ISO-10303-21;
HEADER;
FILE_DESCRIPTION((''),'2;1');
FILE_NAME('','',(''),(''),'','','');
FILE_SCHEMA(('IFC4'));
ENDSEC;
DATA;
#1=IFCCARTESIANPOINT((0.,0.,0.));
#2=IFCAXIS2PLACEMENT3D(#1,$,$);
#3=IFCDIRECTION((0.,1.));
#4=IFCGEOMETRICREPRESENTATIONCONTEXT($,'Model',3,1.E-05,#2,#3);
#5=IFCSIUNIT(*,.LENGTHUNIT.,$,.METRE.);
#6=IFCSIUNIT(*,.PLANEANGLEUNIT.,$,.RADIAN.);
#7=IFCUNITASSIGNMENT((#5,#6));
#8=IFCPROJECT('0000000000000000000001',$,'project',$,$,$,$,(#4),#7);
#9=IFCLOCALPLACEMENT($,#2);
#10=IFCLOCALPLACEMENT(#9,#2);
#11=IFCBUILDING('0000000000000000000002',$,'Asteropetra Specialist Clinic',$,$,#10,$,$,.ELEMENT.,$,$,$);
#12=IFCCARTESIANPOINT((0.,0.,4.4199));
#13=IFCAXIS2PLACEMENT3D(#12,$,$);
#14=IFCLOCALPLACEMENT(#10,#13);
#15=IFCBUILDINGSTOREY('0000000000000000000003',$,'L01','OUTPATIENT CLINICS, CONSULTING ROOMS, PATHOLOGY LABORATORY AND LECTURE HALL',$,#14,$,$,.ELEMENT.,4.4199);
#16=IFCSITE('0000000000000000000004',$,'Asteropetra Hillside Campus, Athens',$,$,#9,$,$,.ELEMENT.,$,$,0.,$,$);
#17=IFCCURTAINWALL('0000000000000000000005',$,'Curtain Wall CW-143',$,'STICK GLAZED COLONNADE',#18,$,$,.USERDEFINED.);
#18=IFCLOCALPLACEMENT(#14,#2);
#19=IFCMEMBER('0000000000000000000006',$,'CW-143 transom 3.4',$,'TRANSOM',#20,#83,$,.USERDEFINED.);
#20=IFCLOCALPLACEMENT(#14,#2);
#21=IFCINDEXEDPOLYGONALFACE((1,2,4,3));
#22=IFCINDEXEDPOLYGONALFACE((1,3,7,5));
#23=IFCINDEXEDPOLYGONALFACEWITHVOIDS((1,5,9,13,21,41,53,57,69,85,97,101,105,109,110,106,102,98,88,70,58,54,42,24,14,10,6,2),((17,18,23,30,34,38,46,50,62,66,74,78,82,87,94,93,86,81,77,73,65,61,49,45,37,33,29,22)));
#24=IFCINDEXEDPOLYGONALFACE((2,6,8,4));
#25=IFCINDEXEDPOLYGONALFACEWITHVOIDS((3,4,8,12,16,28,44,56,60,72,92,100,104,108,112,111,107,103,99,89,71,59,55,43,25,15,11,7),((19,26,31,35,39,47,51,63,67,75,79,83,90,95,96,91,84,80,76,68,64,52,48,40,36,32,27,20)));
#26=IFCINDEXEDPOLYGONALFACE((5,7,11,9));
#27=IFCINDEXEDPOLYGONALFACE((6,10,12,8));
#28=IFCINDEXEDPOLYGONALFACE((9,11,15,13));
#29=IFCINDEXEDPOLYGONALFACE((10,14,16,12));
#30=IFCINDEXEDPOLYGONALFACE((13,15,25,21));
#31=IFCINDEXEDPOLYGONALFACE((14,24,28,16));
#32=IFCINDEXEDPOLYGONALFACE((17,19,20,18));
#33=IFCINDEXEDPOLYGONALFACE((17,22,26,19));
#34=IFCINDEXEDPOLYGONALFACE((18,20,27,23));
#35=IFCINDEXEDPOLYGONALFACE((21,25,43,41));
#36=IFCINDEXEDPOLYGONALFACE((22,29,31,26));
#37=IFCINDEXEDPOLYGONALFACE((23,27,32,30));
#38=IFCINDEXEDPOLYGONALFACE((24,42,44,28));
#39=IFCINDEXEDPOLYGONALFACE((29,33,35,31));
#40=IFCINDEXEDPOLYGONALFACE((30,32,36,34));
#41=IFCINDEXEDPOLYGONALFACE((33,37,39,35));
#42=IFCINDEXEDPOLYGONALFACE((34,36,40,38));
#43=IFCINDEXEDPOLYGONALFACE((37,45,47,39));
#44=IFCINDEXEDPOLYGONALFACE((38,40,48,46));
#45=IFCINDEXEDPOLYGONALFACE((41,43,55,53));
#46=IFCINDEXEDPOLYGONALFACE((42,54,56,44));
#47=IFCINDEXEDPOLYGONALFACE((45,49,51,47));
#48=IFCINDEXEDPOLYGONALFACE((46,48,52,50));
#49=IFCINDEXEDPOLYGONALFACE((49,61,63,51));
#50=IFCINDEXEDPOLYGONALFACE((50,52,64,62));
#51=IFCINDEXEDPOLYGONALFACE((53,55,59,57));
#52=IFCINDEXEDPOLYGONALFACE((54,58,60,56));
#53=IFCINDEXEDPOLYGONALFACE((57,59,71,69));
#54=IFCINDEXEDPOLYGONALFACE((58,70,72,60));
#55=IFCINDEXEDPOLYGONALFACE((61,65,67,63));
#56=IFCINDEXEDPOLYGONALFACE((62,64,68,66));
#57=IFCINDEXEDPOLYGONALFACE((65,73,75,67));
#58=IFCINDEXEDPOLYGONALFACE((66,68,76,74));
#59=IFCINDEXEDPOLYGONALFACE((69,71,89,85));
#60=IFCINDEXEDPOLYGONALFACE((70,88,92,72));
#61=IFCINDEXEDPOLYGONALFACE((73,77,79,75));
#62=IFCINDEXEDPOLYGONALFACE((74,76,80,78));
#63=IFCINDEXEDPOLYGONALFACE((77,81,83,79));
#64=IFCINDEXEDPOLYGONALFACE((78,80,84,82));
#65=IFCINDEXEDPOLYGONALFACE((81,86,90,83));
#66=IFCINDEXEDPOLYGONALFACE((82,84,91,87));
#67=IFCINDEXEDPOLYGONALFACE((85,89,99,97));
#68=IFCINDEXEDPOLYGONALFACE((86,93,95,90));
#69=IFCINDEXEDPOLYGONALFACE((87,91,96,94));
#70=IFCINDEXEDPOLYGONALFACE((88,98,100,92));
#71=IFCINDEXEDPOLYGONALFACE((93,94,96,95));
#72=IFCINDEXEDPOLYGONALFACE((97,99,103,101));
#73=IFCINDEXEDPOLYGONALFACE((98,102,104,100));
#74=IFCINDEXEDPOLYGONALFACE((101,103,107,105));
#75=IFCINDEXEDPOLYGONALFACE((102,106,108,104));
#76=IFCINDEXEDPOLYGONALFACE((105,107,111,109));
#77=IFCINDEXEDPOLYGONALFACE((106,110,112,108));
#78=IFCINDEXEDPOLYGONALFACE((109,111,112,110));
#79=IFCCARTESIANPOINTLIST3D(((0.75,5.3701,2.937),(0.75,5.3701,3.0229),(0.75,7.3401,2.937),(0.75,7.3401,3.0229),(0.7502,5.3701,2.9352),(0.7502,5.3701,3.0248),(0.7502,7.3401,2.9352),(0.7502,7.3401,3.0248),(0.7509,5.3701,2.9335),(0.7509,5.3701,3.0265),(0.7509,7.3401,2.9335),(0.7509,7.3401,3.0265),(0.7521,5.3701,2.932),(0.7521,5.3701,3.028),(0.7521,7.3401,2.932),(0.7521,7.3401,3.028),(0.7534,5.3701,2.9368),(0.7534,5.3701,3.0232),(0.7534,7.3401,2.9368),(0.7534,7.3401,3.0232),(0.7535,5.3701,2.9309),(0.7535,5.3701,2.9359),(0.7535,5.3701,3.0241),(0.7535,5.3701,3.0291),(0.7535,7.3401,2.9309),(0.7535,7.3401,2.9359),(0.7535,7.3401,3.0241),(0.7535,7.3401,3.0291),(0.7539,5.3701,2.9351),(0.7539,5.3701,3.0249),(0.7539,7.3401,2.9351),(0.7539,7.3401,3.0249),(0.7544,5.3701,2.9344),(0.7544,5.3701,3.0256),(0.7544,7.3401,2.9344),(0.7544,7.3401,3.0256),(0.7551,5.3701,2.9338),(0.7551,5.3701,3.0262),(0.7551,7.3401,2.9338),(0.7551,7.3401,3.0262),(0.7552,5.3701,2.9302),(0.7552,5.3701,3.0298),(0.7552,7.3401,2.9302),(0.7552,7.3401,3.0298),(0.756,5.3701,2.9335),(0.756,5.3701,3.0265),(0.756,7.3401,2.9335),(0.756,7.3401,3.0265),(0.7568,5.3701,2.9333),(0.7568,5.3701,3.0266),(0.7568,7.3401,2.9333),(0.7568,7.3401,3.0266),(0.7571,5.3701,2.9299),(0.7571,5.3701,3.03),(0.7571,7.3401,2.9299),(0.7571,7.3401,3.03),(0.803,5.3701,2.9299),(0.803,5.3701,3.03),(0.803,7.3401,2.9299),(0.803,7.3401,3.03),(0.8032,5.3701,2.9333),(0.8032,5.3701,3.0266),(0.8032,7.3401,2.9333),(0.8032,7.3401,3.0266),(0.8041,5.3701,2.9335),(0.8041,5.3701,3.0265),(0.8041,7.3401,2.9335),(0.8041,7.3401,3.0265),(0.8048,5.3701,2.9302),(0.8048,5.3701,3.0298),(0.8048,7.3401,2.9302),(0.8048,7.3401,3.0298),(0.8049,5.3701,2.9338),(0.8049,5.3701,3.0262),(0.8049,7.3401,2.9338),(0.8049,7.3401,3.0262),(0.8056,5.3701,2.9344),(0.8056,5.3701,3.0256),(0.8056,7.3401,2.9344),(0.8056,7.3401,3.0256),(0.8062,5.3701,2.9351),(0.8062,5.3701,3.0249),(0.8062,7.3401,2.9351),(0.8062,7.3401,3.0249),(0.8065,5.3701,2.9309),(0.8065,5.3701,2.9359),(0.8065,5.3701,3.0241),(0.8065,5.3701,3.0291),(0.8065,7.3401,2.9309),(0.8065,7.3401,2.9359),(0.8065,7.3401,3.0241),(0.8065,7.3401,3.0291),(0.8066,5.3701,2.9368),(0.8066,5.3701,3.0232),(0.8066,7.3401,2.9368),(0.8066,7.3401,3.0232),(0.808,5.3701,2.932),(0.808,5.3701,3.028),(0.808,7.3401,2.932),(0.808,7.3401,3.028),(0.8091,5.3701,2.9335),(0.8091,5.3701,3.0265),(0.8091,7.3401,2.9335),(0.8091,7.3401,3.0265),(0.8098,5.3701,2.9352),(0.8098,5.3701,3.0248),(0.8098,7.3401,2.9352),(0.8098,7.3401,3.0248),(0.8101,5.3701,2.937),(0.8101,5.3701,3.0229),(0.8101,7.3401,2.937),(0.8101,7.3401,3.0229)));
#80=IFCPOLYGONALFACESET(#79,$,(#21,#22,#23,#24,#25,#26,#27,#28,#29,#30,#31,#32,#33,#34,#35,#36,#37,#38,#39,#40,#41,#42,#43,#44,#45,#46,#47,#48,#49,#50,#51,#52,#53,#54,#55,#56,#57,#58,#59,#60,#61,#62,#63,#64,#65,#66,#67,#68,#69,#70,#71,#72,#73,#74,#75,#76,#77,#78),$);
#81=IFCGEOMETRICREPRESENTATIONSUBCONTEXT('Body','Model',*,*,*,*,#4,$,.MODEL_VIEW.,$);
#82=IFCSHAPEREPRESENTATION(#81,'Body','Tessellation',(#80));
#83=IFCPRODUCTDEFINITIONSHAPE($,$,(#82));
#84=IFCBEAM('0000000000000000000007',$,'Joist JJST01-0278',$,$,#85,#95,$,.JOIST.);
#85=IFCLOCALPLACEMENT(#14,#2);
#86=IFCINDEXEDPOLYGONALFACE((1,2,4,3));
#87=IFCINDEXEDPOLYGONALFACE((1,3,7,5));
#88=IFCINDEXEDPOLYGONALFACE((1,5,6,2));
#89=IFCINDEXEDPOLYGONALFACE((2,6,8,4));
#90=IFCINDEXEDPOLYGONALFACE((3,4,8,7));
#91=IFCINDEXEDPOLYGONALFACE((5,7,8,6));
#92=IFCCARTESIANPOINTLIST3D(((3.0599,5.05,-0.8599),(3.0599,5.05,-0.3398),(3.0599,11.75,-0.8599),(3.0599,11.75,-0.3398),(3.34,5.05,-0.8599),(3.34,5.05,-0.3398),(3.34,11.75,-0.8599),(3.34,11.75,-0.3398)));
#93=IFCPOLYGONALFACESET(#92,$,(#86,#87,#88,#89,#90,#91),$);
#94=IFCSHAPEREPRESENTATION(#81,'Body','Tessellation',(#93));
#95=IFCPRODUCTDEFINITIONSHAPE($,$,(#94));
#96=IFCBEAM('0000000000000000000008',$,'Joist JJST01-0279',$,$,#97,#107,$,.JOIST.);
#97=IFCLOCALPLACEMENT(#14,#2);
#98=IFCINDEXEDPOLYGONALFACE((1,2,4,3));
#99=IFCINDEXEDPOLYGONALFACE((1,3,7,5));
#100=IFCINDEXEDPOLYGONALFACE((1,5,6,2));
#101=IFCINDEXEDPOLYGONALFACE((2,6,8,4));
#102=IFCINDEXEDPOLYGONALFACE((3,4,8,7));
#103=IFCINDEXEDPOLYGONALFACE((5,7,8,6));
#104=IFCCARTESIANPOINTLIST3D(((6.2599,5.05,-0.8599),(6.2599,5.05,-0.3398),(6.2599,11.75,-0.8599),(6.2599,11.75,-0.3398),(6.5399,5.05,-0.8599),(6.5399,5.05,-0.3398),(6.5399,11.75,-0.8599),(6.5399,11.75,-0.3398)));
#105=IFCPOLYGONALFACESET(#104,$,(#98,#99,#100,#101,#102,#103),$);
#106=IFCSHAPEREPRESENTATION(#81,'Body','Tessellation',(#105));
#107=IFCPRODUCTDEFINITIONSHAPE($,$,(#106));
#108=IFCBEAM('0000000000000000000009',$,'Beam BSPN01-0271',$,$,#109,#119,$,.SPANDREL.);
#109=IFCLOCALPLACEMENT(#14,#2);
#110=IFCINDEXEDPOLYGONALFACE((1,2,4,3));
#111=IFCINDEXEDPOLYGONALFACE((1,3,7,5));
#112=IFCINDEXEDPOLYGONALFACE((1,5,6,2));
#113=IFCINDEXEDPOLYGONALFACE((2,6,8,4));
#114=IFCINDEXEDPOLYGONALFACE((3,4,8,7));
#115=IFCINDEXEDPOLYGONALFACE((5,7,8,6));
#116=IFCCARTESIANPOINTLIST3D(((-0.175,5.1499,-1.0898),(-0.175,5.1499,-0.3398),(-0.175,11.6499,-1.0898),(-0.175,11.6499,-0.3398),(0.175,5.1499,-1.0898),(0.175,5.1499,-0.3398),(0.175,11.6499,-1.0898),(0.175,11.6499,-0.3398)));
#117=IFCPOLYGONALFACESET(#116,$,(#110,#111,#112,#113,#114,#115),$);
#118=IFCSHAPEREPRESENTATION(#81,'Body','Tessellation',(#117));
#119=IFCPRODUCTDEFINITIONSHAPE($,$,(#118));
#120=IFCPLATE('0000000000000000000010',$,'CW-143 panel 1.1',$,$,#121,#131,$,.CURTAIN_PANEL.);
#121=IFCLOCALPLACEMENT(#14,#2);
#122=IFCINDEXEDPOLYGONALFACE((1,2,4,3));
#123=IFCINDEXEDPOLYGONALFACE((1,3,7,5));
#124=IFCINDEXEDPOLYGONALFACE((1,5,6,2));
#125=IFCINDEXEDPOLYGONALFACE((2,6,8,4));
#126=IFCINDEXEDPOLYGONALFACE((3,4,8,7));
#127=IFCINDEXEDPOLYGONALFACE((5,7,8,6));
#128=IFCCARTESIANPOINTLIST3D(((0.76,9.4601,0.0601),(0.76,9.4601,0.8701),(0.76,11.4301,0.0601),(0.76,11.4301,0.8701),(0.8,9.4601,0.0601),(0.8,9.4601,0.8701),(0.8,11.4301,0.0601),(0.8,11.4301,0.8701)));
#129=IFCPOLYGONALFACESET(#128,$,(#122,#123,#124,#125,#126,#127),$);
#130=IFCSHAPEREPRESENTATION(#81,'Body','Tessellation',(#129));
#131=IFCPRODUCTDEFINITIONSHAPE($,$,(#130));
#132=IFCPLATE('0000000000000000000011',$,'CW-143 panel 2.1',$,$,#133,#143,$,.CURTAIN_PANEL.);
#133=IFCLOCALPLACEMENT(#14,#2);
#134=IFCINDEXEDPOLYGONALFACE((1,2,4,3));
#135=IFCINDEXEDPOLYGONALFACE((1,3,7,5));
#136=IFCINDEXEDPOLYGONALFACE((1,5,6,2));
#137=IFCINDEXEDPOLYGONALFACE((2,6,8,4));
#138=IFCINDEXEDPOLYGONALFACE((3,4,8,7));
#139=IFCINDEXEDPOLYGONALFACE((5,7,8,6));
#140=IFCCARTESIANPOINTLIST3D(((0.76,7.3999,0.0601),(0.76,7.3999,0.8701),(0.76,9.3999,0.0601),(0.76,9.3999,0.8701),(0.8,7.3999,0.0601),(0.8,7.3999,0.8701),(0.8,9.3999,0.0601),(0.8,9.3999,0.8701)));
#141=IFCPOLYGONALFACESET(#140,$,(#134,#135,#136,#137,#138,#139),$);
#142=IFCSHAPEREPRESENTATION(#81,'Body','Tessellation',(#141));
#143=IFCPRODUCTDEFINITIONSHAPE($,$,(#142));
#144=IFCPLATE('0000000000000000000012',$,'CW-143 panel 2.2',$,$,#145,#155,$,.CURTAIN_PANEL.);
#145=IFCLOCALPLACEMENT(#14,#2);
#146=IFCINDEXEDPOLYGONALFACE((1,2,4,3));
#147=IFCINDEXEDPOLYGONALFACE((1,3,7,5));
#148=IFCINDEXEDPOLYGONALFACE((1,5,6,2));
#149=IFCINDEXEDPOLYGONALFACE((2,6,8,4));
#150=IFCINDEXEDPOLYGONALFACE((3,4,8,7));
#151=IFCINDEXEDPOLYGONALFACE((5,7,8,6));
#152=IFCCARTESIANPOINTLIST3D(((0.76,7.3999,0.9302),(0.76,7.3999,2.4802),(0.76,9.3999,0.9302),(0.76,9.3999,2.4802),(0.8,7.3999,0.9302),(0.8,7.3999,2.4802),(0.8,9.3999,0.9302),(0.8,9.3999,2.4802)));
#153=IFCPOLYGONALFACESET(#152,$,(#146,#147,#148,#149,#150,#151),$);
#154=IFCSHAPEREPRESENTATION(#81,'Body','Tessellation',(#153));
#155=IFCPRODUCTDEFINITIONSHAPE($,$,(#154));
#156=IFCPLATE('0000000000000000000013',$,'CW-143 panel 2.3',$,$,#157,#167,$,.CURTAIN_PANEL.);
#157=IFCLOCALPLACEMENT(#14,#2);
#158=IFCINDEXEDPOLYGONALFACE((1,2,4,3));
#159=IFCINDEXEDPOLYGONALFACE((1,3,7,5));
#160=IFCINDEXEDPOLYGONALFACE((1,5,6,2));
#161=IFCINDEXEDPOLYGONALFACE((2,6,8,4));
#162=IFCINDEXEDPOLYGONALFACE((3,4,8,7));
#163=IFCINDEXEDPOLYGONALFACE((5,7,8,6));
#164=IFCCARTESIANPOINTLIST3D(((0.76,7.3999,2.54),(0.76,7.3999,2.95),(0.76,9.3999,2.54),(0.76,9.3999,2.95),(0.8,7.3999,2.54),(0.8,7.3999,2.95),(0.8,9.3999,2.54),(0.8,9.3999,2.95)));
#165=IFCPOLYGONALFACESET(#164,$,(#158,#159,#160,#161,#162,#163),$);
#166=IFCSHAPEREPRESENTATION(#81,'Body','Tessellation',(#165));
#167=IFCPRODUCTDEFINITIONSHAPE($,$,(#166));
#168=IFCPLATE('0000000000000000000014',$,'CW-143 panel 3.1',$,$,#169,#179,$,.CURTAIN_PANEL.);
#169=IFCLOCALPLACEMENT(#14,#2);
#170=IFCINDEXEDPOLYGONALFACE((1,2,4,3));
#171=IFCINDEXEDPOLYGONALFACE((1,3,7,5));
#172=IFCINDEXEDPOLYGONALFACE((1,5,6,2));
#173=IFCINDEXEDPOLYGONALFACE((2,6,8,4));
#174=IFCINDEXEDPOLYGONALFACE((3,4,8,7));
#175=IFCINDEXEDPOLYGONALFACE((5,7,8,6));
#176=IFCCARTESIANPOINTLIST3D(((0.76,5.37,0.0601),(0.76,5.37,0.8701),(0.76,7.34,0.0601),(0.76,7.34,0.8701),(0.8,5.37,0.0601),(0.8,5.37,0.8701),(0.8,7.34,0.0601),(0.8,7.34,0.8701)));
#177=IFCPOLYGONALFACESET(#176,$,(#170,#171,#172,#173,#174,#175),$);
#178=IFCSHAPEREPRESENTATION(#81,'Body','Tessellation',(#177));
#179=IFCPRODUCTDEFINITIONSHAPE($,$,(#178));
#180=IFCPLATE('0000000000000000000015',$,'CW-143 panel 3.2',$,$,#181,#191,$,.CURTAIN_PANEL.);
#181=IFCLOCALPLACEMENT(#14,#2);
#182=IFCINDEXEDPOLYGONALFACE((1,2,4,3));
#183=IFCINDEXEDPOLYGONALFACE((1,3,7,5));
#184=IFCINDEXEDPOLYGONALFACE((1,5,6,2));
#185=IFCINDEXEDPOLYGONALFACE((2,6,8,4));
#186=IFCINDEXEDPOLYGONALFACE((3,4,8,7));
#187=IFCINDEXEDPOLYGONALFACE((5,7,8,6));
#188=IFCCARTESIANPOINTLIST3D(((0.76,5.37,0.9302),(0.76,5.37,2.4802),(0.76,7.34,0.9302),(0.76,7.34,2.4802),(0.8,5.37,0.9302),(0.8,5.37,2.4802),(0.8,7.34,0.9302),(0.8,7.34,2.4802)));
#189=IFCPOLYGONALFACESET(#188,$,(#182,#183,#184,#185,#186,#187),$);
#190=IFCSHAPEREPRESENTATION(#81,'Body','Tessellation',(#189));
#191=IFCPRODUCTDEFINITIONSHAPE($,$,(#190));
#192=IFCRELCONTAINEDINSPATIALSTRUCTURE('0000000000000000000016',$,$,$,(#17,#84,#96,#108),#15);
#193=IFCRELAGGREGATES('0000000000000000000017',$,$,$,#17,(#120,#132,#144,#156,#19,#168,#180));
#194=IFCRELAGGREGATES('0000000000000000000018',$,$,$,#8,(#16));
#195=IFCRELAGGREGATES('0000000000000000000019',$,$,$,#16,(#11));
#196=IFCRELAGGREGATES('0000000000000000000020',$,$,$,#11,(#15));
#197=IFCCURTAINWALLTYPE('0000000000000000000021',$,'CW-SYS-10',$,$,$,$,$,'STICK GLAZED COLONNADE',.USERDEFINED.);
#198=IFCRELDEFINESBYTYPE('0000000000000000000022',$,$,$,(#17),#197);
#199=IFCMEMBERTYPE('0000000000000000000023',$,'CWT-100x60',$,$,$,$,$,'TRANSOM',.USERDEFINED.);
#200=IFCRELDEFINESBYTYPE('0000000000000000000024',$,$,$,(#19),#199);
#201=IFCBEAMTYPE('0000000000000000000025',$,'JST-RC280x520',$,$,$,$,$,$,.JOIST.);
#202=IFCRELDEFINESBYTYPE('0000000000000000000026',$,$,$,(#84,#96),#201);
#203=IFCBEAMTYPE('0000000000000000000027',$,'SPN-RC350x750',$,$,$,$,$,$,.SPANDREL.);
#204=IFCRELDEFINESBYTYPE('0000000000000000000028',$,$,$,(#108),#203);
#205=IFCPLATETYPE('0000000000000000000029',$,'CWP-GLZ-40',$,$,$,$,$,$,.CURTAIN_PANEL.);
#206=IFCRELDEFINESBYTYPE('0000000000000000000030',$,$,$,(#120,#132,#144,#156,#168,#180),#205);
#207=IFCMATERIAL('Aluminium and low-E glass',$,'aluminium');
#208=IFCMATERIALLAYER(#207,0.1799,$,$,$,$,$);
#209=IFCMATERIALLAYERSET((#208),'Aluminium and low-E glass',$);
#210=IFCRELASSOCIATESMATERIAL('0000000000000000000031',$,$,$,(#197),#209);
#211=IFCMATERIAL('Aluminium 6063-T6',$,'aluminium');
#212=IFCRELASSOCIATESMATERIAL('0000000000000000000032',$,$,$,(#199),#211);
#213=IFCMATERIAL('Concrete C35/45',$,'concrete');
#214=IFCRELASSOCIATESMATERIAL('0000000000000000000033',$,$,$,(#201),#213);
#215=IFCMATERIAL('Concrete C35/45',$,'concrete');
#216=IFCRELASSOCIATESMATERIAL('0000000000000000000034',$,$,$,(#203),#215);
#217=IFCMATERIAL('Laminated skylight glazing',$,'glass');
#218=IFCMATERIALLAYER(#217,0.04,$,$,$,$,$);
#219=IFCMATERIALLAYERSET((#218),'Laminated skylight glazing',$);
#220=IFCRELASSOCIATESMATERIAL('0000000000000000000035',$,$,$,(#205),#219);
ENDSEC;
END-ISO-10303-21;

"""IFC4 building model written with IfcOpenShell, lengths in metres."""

from ifc_helpers import new_model, si_unit, direction, frame, origin, origin_2d, place, context, subcontext, project, spatial, rectangle, hollow_rectangle, extrude, material, layer, layer_set, material_profile, profile_set, type_object, element, aggregate, save


model = new_model("IFC4")

# Units and contexts
model_context = context("Model", 3, precision=1e-05, world=origin(), true_north=direction((0.0, 1.0)))
body_context = subcontext(model_context, "Body", "Model", "MODEL_VIEW")
ifc_project = project(units=[si_unit("LENGTHUNIT", "METRE"), si_unit("PLANEANGLEUNIT", "RADIAN")], contexts=[model_context])

# Site, building, storey
site_placement = place(None, origin())
site = spatial("IfcSite", under=ifc_project, at=site_placement, Name="Asteropetra Hillside Campus, Athens", CompositionType="ELEMENT", RefElevation=0.0)
building_placement = place(site_placement, origin())
building = spatial("IfcBuilding", under=site, at=building_placement, Name="Asteropetra Specialist Clinic", CompositionType="ELEMENT")
storey_placement = place(building_placement, frame((0.0, 0.0, 4.4199)))
storey = spatial("IfcBuildingStorey", under=building, at=storey_placement, Name="L01", Description="OUTPATIENT CLINICS, CONSULTING ROOMS, PATHOLOGY LABORATORY AND LECTURE HALL", CompositionType="ELEMENT", Elevation=4.4199)

# Curtain wall, member
ifc_material_1 = material(Name="Aluminium and low-E glass", Category="aluminium")
ifc_layer_1 = layer(ifc_material_1, 0.1799)
ifc_layer_set_1 = layer_set([ifc_layer_1], Name="Aluminium and low-E glass")
curtain_wall_type = type_object("IfcCurtainWallType", Name="CW-SYS-10", ElementType="STICK GLAZED COLONNADE", PredefinedType="USERDEFINED", material=ifc_layer_set_1)
curtain_wall_placement = place(storey_placement, origin())
curtain_wall = element("IfcCurtainWall", 1, at=curtain_wall_placement, inside=storey, type_object=curtain_wall_type, Name="Curtain Wall CW-143", ObjectType="STICK GLAZED COLONNADE", PredefinedType="USERDEFINED")
ifc_material_2 = material(Name="Aluminium 6063-T6", Category="aluminium")
ifc_material_profile_1 = material_profile(ifc_material_2, hollow_rectangle(XDim=0.0601, YDim=0.1001, WallThickness=0.0034, InnerFilletRadius=0.0034, OuterFilletRadius=0.0071, at=origin_2d()), Name="TRN 100x60x3.5")
ifc_profile_set_1 = profile_set([ifc_material_profile_1], Name="Aluminium 6063-T6")
member_type_1 = type_object("IfcMemberType", Name="CWT-100x60", ElementType="TRANSOM", PredefinedType="USERDEFINED", material=ifc_profile_set_1)
member_1_placement = place(storey_placement, frame((0.78, 7.3401, 2.98), z_axis=(0.0, -1.0, 0.0), x_axis=(1.0, 0.0, 0.0)))
member_1 = element("IfcMember", 2, at=member_1_placement, type_object=member_type_1, Name="CW-143 transom 3.4", ObjectType="TRANSOM", PredefinedType="USERDEFINED", context=body_context, shape_type="SweptSolid", body=[
    extrude(hollow_rectangle(XDim=0.0601, YDim=0.1001, WallThickness=0.0034, InnerFilletRadius=0.0034, OuterFilletRadius=0.0071, at=origin_2d()), origin(), (0.0, 0.0, 1.0), 1.97),
])

# Beams
ifc_material_3 = material(Name="Concrete C35/45", Category="concrete")
ifc_material_profile_2 = material_profile(ifc_material_3, rectangle(XDim=0.28, YDim=0.52, at=origin_2d()), Name="RCJ 280x520")
ifc_profile_set_2 = profile_set([ifc_material_profile_2], Name="Concrete C35/45")
beam_type_1 = type_object("IfcBeamType", Name="JST-RC280x520", PredefinedType="JOIST", material=ifc_profile_set_2)
for number, where, z_axis, x_axis, name in (
    (3, (3.2, 5.05, -0.5999), (0.0, 1.0, 0.0), (-1.0, 0.0, 0.0), "Joist JJST01-0278"),
    (4, (6.3999, 5.05, -0.5999), (0.0, 1.0, 0.0), (-1.0, 0.0, 0.0), "Joist JJST01-0279"),
):
    element("IfcBeam", number, at=place(storey_placement, frame(where, z_axis=z_axis, x_axis=x_axis)), inside=storey, type_object=beam_type_1, Name=name, PredefinedType="JOIST", context=body_context, shape_type="SweptSolid", body=[
        extrude(rectangle(XDim=0.28, YDim=0.52, at=origin_2d()), origin(), (0.0, 0.0, 1.0), 6.7),
    ])
ifc_material_4 = material(Name="Concrete C35/45", Category="concrete")
ifc_material_profile_3 = material_profile(ifc_material_4, rectangle(XDim=0.3501, YDim=0.75, at=origin_2d()), Name="RCS 350x750")
ifc_profile_set_3 = profile_set([ifc_material_profile_3], Name="Concrete C35/45")
beam_type_2 = type_object("IfcBeamType", Name="SPN-RC350x750", PredefinedType="SPANDREL", material=ifc_profile_set_3)
beam_placement = place(storey_placement, frame((0.0, 5.1499, -0.7148), z_axis=(0.0, 1.0, 0.0), x_axis=(-1.0, 0.0, 0.0)))
element("IfcBeam", 5, at=beam_placement, inside=storey, type_object=beam_type_2, Name="Beam BSPN01-0271", PredefinedType="SPANDREL", context=body_context, shape_type="SweptSolid", body=[
    extrude(rectangle(XDim=0.3501, YDim=0.75, at=origin_2d()), origin(), (0.0, 0.0, 1.0), 6.5),
])

# Plates
ifc_material_5 = material(Name="Laminated skylight glazing", Category="glass")
ifc_layer_2 = layer(ifc_material_5, 0.04)
ifc_layer_set_2 = layer_set([ifc_layer_2], Name="Laminated skylight glazing")
plate_type = type_object("IfcPlateType", Name="CWP-GLZ-40", PredefinedType="CURTAIN_PANEL", material=ifc_layer_set_2)
plate_1_placement = place(storey_placement, frame((0.78, 10.4451, 0.0601), z_axis=(0.0, 0.0, 1.0), x_axis=(0.0, -1.0, 0.0)))
plate_1 = element("IfcPlate", 6, at=plate_1_placement, type_object=plate_type, Name="CW-143 panel 1.1", PredefinedType="CURTAIN_PANEL", context=body_context, shape_type="SweptSolid", body=[
    extrude(rectangle(XDim=1.97, YDim=0.04, at=origin_2d()), origin(), (0.0, 0.0, 1.0), 0.8101),
])
plate_2_placement = place(storey_placement, frame((0.78, 8.3999, 0.0601), z_axis=(0.0, 0.0, 1.0), x_axis=(0.0, -1.0, 0.0)))
plate_2 = element("IfcPlate", 7, at=plate_2_placement, type_object=plate_type, Name="CW-143 panel 2.1", PredefinedType="CURTAIN_PANEL", context=body_context, shape_type="SweptSolid", body=[
    extrude(rectangle(XDim=2.0, YDim=0.04, at=origin_2d()), origin(), (0.0, 0.0, 1.0), 0.8101),
])
plate_3_placement = place(storey_placement, frame((0.78, 8.3999, 0.9302), z_axis=(0.0, 0.0, 1.0), x_axis=(0.0, -1.0, 0.0)))
plate_3 = element("IfcPlate", 8, at=plate_3_placement, type_object=plate_type, Name="CW-143 panel 2.2", PredefinedType="CURTAIN_PANEL", context=body_context, shape_type="SweptSolid", body=[
    extrude(rectangle(XDim=2.0, YDim=0.04, at=origin_2d()), origin(), (0.0, 0.0, 1.0), 1.55),
])
plate_4_placement = place(storey_placement, frame((0.78, 8.3999, 2.54), z_axis=(0.0, 0.0, 1.0), x_axis=(0.0, -1.0, 0.0)))
plate_4 = element("IfcPlate", 9, at=plate_4_placement, type_object=plate_type, Name="CW-143 panel 2.3", PredefinedType="CURTAIN_PANEL", context=body_context, shape_type="SweptSolid", body=[
    extrude(rectangle(XDim=2.0, YDim=0.04, at=origin_2d()), origin(), (0.0, 0.0, 1.0), 0.4099),
])
plate_5_placement = place(storey_placement, frame((0.78, 6.355, 0.0601), z_axis=(0.0, 0.0, 1.0), x_axis=(0.0, -1.0, 0.0)))
plate_5 = element("IfcPlate", 10, at=plate_5_placement, type_object=plate_type, Name="CW-143 panel 3.1", PredefinedType="CURTAIN_PANEL", context=body_context, shape_type="SweptSolid", body=[
    extrude(rectangle(XDim=1.97, YDim=0.04, at=origin_2d()), origin(), (0.0, 0.0, 1.0), 0.8101),
])
plate_6_placement = place(storey_placement, frame((0.78, 6.355, 0.9302), z_axis=(0.0, 0.0, 1.0), x_axis=(0.0, -1.0, 0.0)))
plate_6 = element("IfcPlate", 11, at=plate_6_placement, type_object=plate_type, Name="CW-143 panel 3.2", PredefinedType="CURTAIN_PANEL", context=body_context, shape_type="SweptSolid", body=[
    extrude(rectangle(XDim=1.97, YDim=0.04, at=origin_2d()), origin(), (0.0, 0.0, 1.0), 1.55),
])
aggregate(curtain_wall, [plate_1, plate_2, plate_3, plate_4, member_1, plate_5, plate_6])

save(model, "model.ifc")
